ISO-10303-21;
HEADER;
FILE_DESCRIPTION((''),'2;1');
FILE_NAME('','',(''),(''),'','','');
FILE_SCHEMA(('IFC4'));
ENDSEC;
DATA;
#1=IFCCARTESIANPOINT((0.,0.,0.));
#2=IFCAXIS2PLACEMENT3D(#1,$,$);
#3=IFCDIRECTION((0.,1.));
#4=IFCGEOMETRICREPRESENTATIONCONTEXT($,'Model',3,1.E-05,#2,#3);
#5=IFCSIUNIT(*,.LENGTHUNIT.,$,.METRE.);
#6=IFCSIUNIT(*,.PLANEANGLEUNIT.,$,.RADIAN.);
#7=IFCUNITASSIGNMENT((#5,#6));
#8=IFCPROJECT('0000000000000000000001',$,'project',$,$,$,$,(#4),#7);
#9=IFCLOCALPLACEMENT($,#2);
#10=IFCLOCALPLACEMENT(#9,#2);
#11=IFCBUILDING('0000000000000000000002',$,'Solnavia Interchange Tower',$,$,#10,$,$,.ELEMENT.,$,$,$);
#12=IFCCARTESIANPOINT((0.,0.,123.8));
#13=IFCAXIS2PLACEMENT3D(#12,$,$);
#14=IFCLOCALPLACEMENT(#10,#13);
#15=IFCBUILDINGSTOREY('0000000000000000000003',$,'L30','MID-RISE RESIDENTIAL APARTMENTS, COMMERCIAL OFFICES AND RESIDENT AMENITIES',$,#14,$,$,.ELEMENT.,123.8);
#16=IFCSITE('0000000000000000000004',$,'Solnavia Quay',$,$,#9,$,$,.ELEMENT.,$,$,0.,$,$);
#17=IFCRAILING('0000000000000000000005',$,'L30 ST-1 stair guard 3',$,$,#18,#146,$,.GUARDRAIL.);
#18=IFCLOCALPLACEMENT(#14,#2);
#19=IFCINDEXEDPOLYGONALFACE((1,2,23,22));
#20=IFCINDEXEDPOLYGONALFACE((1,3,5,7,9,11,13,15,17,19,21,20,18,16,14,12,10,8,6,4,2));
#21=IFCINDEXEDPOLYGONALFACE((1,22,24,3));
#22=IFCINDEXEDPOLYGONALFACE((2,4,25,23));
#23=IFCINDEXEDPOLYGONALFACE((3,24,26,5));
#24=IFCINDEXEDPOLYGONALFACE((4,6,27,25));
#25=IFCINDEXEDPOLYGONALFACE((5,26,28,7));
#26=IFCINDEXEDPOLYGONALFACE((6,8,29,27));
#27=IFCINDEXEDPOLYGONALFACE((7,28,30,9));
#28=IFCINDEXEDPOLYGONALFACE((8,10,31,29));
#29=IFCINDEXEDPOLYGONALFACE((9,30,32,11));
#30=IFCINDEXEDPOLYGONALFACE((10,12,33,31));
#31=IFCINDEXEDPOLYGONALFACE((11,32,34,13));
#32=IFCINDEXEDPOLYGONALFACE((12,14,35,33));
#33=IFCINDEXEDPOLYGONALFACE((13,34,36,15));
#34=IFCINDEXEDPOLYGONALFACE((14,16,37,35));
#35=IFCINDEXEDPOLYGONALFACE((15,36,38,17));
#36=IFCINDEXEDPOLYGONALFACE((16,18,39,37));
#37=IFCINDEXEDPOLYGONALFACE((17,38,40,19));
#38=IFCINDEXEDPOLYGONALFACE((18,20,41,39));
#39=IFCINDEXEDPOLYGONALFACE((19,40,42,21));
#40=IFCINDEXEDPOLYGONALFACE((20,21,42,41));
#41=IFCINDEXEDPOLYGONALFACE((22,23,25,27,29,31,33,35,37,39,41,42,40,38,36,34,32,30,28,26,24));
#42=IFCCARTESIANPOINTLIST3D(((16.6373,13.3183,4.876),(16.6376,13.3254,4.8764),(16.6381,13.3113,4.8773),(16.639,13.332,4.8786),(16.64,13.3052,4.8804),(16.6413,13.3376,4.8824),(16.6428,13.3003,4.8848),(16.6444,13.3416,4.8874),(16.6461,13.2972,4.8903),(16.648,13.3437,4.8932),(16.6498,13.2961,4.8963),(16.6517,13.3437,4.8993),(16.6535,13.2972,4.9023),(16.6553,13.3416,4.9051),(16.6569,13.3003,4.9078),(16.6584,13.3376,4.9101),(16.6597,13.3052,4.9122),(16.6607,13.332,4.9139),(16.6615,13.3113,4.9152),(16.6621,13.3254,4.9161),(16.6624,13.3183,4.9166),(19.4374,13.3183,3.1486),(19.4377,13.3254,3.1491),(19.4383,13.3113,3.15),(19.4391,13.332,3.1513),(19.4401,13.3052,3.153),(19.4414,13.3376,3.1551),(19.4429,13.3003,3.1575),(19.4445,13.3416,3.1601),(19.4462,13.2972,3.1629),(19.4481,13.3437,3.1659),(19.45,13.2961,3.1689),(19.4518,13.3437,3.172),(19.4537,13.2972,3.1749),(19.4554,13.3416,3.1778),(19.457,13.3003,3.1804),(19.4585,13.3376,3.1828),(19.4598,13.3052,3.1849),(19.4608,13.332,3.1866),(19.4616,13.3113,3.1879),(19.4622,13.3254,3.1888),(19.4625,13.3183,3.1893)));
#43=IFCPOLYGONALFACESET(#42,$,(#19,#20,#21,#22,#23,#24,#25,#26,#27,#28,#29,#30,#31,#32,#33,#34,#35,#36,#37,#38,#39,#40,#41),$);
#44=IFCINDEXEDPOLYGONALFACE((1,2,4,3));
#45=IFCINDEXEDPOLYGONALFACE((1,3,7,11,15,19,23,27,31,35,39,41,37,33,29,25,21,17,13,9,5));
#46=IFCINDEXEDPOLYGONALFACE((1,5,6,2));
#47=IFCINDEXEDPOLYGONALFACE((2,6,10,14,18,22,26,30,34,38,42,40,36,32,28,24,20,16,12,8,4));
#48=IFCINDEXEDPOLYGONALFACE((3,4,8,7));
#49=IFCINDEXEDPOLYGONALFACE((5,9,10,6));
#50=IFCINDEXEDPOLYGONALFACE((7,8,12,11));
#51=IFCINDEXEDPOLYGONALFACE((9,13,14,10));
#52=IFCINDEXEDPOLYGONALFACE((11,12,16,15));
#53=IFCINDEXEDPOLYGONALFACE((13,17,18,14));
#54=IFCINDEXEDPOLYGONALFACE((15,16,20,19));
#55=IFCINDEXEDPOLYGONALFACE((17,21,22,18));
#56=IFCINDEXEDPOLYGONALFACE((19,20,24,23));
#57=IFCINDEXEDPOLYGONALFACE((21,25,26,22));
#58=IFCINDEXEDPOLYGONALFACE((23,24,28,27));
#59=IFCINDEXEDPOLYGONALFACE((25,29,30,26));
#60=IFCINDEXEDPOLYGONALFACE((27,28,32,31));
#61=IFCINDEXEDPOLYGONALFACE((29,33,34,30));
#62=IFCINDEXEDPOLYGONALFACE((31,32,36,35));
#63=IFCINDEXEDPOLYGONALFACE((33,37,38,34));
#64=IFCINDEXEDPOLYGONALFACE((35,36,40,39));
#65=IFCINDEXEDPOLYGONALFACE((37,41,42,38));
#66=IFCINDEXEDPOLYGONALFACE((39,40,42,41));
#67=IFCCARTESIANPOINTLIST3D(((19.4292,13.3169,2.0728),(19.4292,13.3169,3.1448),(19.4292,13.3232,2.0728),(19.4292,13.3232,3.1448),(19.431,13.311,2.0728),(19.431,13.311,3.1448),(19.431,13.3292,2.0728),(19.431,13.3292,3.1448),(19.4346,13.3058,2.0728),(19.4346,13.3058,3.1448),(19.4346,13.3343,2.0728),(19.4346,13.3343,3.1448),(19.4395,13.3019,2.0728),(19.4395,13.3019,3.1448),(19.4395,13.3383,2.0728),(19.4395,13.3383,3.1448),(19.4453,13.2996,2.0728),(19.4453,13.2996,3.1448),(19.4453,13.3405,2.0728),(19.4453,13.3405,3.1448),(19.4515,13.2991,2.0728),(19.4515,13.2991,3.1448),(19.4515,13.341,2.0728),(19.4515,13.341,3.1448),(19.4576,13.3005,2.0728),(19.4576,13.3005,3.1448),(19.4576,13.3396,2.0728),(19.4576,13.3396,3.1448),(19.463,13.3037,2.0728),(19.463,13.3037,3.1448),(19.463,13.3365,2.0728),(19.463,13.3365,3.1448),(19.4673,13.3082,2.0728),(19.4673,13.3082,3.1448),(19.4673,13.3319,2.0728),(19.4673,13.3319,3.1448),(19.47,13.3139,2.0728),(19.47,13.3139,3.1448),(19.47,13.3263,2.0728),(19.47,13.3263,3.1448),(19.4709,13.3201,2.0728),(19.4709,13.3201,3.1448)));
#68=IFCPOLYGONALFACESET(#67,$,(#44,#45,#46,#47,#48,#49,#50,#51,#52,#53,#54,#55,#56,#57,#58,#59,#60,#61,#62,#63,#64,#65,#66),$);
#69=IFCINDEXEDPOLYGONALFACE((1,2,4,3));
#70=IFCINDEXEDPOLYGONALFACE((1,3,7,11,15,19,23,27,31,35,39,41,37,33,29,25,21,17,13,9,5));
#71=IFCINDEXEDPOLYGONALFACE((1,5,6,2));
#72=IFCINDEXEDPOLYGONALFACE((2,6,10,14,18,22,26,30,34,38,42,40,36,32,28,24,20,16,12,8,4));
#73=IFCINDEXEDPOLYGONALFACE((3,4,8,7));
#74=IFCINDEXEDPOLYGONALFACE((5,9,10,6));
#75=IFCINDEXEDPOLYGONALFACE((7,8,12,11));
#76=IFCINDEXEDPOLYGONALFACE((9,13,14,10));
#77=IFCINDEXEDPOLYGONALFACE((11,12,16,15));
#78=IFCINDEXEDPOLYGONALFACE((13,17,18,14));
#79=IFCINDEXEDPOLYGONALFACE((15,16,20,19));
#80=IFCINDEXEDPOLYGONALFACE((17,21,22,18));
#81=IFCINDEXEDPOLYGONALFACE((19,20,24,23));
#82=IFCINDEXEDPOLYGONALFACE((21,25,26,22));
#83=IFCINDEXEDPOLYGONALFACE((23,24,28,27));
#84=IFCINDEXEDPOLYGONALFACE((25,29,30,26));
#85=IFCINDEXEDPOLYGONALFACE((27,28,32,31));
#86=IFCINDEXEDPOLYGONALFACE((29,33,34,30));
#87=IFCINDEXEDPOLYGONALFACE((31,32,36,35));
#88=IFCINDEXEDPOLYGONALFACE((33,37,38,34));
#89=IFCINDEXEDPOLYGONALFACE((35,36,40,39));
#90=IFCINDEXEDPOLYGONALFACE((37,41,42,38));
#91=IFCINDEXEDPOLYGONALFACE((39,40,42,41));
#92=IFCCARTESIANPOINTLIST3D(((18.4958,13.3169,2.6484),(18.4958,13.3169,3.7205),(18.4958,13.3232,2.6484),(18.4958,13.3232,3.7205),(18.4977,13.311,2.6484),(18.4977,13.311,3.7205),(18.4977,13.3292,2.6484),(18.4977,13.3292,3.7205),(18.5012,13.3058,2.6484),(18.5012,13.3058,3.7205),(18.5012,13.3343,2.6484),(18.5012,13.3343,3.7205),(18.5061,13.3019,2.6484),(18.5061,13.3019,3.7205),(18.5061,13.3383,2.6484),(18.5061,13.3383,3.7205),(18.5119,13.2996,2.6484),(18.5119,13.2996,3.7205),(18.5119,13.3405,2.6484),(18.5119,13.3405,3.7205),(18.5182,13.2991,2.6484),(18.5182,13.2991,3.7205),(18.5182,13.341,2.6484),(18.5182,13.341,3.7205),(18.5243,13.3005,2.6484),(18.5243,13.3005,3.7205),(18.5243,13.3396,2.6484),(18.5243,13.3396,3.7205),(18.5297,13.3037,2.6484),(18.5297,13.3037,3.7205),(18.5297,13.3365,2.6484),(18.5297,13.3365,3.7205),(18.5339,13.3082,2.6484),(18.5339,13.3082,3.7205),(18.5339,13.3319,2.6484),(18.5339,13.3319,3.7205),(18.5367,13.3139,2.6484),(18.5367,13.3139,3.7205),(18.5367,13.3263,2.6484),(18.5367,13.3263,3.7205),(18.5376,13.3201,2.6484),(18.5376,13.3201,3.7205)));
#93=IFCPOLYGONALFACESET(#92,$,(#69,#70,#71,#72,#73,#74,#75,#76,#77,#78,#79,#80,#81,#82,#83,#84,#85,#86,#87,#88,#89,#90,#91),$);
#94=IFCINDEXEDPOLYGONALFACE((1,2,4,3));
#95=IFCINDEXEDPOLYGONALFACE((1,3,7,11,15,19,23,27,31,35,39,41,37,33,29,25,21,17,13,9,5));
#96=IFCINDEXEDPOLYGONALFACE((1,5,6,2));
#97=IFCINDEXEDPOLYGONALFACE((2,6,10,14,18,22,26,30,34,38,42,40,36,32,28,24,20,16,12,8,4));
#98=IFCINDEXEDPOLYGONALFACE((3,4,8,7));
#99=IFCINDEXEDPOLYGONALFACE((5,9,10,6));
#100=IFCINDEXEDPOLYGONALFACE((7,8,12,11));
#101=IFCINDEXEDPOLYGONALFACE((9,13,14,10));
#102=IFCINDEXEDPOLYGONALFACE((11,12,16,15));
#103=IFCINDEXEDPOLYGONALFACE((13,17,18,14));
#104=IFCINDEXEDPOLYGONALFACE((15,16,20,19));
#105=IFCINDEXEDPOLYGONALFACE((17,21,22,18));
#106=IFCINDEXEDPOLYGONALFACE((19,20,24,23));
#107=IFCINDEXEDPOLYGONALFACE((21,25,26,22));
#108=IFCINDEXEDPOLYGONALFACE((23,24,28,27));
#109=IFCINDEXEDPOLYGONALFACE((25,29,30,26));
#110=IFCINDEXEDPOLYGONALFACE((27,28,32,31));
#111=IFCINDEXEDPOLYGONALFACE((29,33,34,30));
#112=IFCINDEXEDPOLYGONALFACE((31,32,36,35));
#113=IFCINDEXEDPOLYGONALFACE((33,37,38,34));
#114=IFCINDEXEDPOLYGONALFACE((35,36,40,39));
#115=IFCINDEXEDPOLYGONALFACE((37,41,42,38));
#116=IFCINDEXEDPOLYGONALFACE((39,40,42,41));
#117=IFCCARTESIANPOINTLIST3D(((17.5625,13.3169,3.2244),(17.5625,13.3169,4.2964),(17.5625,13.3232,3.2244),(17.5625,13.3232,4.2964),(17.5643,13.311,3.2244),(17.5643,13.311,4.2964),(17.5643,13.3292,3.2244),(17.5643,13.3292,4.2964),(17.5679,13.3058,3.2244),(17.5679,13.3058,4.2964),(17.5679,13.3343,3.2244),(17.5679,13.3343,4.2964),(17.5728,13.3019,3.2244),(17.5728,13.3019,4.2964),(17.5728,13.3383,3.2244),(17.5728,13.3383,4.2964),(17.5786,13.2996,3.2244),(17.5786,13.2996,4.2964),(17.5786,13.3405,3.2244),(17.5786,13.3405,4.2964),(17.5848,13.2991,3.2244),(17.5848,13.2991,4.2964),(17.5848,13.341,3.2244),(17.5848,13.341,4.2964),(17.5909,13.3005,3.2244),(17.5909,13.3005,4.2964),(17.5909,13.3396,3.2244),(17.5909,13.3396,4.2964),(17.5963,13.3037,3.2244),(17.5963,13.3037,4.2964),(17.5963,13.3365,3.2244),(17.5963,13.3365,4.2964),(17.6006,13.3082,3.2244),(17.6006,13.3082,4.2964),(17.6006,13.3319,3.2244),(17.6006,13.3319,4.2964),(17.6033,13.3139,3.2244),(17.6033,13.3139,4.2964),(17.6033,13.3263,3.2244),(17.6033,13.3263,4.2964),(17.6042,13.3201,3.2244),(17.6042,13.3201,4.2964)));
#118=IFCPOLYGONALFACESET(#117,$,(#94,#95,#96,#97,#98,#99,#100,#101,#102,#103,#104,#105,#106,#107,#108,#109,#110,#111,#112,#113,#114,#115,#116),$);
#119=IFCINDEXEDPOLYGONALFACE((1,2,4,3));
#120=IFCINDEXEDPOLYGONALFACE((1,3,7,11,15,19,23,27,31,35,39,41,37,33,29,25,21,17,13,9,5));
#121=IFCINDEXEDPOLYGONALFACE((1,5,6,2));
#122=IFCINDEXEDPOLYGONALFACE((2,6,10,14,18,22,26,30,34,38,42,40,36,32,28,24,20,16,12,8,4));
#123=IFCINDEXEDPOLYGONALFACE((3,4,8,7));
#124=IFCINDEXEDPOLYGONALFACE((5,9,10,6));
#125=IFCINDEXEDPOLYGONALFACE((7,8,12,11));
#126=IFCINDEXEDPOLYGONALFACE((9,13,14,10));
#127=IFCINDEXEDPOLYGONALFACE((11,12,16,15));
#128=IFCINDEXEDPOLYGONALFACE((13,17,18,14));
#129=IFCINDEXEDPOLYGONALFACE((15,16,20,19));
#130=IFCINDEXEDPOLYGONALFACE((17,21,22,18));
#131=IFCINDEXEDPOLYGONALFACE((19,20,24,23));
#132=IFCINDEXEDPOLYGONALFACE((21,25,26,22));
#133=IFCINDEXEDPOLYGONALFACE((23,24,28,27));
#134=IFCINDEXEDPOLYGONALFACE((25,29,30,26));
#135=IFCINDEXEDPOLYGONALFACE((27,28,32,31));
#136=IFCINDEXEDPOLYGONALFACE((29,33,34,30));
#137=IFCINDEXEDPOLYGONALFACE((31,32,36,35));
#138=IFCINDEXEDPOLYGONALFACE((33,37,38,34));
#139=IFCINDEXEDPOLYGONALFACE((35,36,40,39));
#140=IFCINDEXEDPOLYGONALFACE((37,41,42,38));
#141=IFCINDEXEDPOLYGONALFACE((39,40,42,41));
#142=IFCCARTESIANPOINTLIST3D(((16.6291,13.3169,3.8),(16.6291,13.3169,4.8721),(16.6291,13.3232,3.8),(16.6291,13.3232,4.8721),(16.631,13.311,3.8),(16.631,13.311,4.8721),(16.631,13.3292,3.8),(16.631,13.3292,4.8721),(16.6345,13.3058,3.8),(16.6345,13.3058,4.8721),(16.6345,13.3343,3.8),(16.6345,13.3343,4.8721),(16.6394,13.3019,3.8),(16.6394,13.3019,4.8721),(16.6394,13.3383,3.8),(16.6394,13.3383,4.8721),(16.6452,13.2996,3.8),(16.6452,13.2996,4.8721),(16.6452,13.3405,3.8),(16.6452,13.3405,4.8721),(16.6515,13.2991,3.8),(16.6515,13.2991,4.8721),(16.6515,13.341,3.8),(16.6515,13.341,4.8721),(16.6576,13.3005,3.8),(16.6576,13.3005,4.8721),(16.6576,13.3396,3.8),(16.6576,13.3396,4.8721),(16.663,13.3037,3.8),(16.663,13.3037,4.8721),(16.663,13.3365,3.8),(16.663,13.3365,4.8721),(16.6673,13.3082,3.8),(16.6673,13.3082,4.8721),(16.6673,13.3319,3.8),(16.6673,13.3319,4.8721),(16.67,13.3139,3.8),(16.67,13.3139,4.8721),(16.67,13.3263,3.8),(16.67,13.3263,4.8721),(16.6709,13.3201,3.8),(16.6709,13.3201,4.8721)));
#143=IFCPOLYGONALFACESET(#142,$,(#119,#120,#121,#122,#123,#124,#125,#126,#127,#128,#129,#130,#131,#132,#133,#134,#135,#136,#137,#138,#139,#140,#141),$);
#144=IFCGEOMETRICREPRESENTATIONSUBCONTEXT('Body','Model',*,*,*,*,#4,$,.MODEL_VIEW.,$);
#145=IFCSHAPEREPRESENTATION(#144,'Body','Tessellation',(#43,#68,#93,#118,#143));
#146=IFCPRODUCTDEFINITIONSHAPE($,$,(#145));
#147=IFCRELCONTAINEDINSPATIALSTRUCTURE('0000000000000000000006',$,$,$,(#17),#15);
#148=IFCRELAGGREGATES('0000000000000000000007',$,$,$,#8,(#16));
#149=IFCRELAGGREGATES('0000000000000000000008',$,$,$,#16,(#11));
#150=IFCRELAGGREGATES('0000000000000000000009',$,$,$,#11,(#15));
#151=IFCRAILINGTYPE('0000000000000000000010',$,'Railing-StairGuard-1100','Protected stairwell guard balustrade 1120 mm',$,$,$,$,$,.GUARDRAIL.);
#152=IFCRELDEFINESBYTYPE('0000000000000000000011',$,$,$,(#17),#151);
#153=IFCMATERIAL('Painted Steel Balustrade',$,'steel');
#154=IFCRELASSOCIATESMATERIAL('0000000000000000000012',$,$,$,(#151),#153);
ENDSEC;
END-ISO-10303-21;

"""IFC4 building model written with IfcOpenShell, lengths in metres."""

from ifc_helpers import new_model, si_unit, direction, frame, origin, origin_2d, place, context, subcontext, project, spatial, circle, extrude, material, type_object, element, save


model = new_model("IFC4")

# Units and contexts
model_context = context("Model", 3, precision=1e-05, world=origin(), true_north=direction((0.0, 1.0)))
body_context = subcontext(model_context, "Body", "Model", "MODEL_VIEW")
ifc_project = project(units=[si_unit("LENGTHUNIT", "METRE"), si_unit("PLANEANGLEUNIT", "RADIAN")], contexts=[model_context])

# Site, building, storey
site_placement = place(None, origin())
site = spatial("IfcSite", under=ifc_project, at=site_placement, Name="Solnavia Quay", CompositionType="ELEMENT", RefElevation=0.0)
building_placement = place(site_placement, origin())
building = spatial("IfcBuilding", under=site, at=building_placement, Name="Solnavia Interchange Tower", CompositionType="ELEMENT")
storey_placement = place(building_placement, frame((0.0, 0.0, 123.8)))
storey = spatial("IfcBuildingStorey", under=building, at=storey_placement, Name="L30", Description="MID-RISE RESIDENTIAL APARTMENTS, COMMERCIAL OFFICES AND RESIDENT AMENITIES", CompositionType="ELEMENT", Elevation=123.8)

# Railing
ifc_material_1 = material(Name="Painted Steel Balustrade", Category="steel")
railing_type_1 = type_object("IfcRailingType", Name="Railing-StairGuard-1100", Description="Protected stairwell guard balustrade 1120 mm", PredefinedType="GUARDRAIL", material=ifc_material_1)
railing_1_placement = place(storey_placement, frame((19.45, 13.3201, 2.0728)))
element("IfcRailing", 1, at=railing_1_placement, inside=storey, type_object=railing_type_1, Name="L30 ST-1 stair guard 3", PredefinedType="GUARDRAIL", context=body_context, shape_type="SweptSolid", body=[
    extrude(circle(Radius=0.0239, at=origin_2d()), frame((0.0, 0.0, 1.0962), z_axis=(-0.85109, 0.0, 0.52502), x_axis=(0.0, -1.0, 0.0)), (0.0, 0.0, 1.0), 3.29),
    extrude(circle(Radius=0.021, at=origin_2d()), origin(), (0.0, 0.0, 1.0), 1.072),
    extrude(circle(Radius=0.021, at=origin_2d()), frame((-0.9333, 0.0, 0.5757)), (0.0, 0.0, 1.0), 1.072),
    extrude(circle(Radius=0.021, at=origin_2d()), frame((-1.8667, 0.0, 1.1516)), (0.0, 0.0, 1.0), 1.072),
    extrude(circle(Radius=0.021, at=origin_2d()), frame((-2.8, 0.0, 1.7273)), (0.0, 0.0, 1.0), 1.072),
])

save(model, "model.ifc")
